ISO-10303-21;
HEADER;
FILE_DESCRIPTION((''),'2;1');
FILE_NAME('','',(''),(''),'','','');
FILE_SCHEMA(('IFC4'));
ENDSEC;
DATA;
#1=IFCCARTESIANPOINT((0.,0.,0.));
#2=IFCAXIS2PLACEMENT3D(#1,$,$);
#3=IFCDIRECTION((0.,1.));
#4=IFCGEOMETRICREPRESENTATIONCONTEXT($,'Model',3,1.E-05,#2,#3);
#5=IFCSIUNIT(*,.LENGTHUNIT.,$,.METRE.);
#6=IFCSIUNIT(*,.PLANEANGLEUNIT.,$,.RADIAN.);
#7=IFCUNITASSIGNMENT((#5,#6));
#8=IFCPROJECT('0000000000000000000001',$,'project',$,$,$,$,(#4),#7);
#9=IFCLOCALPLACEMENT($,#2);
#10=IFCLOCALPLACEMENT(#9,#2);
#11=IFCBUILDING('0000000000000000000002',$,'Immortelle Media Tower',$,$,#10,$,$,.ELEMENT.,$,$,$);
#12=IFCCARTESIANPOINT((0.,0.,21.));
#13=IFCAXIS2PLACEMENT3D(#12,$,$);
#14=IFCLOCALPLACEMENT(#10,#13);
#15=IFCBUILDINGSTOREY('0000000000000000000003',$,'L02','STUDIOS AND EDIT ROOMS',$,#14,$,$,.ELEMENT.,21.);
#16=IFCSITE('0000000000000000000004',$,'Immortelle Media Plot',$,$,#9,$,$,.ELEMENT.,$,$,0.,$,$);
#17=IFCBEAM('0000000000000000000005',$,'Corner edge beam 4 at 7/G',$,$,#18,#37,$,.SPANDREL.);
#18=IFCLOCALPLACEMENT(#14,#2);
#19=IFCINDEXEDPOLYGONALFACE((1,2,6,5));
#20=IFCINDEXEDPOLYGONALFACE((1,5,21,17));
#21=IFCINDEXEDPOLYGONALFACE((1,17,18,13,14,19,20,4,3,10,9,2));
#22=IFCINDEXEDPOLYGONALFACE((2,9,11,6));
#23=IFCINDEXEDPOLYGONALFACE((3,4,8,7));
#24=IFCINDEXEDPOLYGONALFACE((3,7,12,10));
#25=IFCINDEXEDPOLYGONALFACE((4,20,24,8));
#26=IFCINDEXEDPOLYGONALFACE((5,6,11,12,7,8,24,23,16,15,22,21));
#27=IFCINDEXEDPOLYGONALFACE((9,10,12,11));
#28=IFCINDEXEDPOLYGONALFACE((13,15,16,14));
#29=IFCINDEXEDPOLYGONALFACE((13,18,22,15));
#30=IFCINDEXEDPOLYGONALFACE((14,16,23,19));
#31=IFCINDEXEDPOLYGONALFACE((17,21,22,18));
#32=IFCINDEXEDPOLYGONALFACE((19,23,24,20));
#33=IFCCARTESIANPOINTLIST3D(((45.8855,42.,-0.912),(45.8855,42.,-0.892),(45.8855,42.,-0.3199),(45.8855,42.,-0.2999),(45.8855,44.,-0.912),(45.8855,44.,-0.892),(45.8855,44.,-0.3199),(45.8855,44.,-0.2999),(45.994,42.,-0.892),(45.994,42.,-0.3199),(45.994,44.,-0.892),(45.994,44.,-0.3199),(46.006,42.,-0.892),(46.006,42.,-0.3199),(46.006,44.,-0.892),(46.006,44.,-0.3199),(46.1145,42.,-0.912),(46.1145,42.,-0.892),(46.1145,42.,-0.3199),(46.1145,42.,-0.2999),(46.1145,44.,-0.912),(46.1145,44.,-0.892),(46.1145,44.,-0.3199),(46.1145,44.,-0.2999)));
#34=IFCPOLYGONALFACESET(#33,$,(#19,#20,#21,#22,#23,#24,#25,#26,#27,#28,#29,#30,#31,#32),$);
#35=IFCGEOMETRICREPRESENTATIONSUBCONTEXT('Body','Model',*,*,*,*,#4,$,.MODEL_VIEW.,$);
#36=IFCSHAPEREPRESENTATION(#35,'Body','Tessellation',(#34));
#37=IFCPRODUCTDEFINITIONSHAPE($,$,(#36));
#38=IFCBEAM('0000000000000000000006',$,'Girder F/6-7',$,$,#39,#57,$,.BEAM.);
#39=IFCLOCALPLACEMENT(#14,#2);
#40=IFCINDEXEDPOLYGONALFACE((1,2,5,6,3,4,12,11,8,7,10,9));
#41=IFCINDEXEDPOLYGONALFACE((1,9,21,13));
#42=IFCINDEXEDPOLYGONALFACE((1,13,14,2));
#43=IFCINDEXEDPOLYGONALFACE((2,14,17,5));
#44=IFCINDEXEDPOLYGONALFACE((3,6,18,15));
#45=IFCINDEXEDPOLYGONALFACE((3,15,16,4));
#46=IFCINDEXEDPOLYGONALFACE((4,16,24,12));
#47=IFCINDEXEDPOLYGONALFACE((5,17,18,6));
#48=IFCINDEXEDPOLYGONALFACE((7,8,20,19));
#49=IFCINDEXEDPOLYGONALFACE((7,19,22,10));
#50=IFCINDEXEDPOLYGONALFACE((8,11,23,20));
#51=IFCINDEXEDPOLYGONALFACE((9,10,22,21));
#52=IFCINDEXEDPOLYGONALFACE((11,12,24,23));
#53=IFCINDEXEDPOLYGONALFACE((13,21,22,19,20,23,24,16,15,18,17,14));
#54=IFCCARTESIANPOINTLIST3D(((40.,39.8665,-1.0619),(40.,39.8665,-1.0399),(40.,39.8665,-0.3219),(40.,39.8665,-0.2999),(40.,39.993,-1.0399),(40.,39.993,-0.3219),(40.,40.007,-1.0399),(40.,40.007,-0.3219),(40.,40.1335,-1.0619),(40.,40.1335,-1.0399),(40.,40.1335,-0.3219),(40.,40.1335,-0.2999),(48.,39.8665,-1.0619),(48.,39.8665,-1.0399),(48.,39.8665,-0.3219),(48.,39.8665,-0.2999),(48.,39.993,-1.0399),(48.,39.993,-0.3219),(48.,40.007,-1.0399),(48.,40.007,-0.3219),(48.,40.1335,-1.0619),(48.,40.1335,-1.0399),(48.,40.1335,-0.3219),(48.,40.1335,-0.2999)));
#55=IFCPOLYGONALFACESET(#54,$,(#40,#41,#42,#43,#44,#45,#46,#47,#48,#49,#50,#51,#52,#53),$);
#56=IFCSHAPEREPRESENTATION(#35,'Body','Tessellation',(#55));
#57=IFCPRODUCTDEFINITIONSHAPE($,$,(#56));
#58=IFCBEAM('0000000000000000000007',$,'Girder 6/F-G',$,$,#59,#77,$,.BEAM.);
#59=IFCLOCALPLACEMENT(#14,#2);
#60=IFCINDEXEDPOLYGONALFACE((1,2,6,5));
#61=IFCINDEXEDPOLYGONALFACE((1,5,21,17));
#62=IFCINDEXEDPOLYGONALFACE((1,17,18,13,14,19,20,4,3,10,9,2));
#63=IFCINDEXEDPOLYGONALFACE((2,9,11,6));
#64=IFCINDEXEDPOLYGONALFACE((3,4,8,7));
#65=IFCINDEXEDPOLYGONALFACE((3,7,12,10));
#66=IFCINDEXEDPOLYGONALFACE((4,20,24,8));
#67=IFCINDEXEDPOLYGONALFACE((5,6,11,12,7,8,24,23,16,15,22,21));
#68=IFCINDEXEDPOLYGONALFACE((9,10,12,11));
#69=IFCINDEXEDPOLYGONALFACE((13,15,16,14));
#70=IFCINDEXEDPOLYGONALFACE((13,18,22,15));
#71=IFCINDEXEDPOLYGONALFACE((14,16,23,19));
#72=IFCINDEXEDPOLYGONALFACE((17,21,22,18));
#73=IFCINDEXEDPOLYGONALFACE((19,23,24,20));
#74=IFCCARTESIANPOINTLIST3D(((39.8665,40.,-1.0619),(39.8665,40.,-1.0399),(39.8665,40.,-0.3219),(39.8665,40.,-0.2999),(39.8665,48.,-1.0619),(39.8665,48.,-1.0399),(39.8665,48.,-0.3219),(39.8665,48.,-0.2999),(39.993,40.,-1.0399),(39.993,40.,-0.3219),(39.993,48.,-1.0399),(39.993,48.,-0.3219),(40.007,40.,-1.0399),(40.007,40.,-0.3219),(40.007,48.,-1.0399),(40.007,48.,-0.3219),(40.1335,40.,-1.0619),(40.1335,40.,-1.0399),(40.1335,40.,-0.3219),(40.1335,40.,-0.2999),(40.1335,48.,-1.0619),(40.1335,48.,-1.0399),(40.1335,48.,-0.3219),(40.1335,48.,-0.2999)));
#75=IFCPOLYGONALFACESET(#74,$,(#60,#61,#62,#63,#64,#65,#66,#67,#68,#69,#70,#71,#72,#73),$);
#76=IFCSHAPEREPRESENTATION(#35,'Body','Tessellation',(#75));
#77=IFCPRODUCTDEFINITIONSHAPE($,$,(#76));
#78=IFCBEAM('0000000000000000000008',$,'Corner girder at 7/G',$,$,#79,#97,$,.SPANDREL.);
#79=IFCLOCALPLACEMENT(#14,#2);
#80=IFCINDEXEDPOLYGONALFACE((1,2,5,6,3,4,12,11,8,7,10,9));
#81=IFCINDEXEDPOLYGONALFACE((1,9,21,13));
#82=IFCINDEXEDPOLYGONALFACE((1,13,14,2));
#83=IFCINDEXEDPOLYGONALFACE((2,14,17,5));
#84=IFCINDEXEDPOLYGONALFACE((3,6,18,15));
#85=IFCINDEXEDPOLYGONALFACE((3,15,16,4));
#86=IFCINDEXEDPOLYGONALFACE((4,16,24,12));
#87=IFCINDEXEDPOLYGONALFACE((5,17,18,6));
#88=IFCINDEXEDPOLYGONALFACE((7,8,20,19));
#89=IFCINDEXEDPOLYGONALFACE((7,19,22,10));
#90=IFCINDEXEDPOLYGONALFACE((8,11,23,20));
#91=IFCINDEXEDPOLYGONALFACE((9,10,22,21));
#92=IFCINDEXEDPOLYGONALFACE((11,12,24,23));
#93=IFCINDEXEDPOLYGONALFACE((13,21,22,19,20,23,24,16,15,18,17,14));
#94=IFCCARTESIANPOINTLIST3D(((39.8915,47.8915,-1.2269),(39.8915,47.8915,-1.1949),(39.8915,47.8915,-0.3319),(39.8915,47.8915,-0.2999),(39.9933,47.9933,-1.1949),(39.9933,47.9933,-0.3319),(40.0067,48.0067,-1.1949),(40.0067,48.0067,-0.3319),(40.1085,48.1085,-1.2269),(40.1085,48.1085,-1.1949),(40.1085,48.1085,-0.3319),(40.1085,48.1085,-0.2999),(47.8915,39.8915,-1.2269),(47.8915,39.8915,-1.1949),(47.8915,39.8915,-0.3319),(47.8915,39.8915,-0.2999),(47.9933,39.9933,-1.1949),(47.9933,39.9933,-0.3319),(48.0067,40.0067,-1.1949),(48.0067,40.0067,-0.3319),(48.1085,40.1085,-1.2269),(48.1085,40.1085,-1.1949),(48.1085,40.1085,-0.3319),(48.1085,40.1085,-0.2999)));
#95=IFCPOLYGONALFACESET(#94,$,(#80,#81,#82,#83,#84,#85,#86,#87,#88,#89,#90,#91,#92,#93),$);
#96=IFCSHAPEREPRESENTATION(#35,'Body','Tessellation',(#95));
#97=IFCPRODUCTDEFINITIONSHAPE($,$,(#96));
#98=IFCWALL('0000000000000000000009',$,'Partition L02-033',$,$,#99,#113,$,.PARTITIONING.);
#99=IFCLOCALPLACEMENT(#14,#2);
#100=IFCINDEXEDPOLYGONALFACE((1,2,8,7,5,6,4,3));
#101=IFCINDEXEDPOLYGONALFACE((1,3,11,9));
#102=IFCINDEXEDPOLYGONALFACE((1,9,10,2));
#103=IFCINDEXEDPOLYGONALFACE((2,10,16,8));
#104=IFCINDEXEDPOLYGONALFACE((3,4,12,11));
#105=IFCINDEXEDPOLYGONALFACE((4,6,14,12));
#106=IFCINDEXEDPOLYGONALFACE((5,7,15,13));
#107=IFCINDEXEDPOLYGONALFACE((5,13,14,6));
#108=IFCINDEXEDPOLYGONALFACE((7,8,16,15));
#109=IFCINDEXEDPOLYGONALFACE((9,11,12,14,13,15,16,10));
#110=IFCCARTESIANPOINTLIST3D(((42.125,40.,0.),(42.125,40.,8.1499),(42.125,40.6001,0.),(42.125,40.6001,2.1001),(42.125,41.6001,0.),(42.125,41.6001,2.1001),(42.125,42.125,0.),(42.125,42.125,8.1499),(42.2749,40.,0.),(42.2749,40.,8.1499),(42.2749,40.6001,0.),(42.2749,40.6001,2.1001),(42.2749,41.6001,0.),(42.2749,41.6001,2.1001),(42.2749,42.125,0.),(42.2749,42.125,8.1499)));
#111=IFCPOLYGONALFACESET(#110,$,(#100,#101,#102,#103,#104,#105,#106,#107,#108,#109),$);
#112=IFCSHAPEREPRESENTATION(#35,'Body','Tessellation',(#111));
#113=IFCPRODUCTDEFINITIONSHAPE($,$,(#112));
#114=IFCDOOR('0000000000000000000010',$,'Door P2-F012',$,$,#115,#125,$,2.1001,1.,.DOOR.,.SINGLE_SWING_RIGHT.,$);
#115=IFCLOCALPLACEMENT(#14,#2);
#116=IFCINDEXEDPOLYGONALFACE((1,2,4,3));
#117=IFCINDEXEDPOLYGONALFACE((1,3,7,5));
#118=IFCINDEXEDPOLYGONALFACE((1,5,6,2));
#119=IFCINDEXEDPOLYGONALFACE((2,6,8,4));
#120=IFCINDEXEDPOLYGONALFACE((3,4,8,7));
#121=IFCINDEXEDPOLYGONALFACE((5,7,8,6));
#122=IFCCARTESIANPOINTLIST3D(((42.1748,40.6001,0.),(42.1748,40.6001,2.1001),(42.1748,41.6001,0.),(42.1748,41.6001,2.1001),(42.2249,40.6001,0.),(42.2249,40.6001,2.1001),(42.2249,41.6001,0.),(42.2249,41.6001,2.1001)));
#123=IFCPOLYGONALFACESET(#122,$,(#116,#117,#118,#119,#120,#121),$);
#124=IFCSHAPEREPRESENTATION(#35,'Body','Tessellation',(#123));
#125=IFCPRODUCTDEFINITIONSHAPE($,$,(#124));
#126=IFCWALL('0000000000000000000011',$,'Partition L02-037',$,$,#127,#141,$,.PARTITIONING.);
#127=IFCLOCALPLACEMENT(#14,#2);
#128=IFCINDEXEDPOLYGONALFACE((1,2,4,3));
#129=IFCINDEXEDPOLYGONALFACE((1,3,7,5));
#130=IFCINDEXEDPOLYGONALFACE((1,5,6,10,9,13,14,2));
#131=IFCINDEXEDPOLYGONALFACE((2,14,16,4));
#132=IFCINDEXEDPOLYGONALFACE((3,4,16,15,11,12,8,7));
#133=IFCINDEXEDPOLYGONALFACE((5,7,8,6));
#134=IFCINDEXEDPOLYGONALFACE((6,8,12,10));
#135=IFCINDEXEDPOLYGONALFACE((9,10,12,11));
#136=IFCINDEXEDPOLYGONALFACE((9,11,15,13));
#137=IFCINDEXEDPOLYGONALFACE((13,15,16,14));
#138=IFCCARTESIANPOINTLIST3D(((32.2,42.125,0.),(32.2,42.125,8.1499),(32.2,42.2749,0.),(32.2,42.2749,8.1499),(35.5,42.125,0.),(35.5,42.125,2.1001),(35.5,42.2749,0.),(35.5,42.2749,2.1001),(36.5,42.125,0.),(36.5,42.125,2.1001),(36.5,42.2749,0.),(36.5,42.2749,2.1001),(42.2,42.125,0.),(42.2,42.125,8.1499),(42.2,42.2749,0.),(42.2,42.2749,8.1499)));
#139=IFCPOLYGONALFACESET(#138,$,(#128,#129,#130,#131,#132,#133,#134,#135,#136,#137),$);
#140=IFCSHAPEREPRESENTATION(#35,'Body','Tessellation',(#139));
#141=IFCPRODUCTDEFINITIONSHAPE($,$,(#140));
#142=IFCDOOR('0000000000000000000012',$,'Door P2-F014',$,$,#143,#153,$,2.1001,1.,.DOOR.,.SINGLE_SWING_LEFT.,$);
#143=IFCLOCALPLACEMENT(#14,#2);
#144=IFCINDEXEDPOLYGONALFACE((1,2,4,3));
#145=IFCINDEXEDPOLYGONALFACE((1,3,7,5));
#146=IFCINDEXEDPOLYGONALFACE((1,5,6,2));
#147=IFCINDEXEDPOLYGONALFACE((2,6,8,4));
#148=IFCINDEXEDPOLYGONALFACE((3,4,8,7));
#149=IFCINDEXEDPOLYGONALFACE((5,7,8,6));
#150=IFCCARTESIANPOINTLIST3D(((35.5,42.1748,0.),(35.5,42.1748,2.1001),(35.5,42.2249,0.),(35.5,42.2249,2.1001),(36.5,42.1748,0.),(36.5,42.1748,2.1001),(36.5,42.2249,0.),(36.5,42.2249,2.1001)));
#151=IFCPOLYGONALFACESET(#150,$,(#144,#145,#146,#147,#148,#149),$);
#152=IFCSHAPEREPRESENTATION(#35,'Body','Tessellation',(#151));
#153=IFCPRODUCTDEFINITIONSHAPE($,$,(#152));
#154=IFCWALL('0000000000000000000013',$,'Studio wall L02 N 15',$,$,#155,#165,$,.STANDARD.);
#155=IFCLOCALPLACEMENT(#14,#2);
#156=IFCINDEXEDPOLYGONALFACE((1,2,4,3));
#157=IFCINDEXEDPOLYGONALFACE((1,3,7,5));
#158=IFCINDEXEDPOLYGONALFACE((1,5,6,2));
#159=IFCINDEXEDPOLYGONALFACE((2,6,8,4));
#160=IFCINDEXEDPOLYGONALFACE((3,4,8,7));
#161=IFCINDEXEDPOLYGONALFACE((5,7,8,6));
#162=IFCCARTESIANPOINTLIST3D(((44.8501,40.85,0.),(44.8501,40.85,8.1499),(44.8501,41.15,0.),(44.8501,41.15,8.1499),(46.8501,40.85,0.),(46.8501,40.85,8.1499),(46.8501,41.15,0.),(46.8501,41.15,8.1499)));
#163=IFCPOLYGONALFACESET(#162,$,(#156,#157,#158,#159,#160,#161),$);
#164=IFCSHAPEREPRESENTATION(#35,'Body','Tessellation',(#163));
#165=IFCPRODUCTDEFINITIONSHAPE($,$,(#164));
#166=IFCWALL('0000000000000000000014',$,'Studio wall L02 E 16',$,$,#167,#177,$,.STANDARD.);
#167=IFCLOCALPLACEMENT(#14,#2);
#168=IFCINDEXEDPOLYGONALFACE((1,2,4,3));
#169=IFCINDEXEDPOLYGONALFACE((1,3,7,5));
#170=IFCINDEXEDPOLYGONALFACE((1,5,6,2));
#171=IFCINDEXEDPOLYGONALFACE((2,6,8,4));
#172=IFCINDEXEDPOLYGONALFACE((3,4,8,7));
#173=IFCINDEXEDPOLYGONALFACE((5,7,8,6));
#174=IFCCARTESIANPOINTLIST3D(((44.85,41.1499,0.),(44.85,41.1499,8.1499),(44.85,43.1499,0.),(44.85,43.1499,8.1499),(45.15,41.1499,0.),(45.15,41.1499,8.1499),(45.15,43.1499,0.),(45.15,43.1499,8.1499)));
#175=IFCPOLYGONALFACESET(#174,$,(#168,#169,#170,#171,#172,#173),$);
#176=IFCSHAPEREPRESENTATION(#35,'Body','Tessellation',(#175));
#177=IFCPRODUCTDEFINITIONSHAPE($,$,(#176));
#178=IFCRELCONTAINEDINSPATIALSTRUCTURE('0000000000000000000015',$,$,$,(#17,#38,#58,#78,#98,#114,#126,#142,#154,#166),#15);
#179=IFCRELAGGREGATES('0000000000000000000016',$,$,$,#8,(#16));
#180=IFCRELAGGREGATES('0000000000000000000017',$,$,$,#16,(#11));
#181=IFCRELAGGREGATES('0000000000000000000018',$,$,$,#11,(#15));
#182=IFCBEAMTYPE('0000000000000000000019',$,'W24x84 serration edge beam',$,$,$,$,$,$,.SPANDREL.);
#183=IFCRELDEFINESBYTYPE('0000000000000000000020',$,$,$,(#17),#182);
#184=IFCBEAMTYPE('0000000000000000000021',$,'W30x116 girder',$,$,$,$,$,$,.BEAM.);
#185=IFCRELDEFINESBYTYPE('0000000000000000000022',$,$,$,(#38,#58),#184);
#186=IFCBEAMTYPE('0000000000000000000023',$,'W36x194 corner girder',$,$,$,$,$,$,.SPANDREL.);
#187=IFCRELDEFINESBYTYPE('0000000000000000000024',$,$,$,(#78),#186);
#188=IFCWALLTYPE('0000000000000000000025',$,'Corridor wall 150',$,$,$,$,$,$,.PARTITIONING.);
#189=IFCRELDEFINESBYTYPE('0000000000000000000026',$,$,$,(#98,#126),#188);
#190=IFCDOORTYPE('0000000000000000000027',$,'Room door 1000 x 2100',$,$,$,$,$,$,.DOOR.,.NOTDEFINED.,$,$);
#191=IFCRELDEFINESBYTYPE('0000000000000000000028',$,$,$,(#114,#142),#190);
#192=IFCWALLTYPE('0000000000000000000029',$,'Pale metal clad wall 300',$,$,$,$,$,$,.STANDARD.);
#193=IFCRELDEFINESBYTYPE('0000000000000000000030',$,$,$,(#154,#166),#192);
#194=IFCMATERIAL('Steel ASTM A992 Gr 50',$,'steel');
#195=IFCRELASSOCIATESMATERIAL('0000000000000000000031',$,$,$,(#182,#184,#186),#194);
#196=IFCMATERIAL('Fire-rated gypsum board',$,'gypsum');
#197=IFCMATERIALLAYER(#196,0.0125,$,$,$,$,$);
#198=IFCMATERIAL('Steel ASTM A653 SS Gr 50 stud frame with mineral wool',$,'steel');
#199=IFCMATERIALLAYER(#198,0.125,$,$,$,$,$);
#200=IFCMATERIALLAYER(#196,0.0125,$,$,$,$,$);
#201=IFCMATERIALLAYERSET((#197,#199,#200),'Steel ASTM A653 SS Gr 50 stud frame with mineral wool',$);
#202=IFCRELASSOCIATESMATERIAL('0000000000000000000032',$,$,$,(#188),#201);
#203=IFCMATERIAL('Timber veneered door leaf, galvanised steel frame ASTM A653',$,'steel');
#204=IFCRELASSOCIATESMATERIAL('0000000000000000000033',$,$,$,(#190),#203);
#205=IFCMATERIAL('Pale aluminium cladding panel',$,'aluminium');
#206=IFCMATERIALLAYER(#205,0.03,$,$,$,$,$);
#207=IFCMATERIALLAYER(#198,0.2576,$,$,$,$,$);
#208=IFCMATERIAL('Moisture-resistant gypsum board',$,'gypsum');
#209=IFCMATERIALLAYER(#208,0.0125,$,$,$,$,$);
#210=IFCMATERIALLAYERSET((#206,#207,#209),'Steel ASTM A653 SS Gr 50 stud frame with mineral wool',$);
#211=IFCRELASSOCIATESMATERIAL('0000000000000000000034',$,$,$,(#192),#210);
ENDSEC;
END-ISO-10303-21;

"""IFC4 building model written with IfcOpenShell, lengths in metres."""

from ifc_helpers import new_model, si_unit, direction, frame, frame_2d, origin, origin_2d, place, context, subcontext, project, spatial, rectangle, i_section, extrude, material, layer, layer_set, material_profile, profile_set, type_object, element, fill, save


model = new_model("IFC4")

# Units and contexts
model_context = context("Model", 3, precision=1e-05, world=origin(), true_north=direction((0.0, 1.0)))
body_context = subcontext(model_context, "Body", "Model", "MODEL_VIEW")
ifc_project = project(units=[si_unit("LENGTHUNIT", "METRE"), si_unit("PLANEANGLEUNIT", "RADIAN")], contexts=[model_context])

# Site, building, storey
site_placement = place(None, origin())
site = spatial("IfcSite", under=ifc_project, at=site_placement, Name="Immortelle Media Plot", CompositionType="ELEMENT", RefElevation=0.0)
building_placement = place(site_placement, origin())
building = spatial("IfcBuilding", under=site, at=building_placement, Name="Immortelle Media Tower", CompositionType="ELEMENT")
storey_placement = place(building_placement, frame((0.0, 0.0, 21.0)))
storey = spatial("IfcBuildingStorey", under=building, at=storey_placement, Name="L02", Description="STUDIOS AND EDIT ROOMS", CompositionType="ELEMENT", Elevation=21.0)

# Shared definitions
ifc_material_1 = material(Name="Steel ASTM A992 Gr 50", Category="steel")

# Beams
ifc_material_profile_1 = material_profile(ifc_material_1, i_section(OverallWidth=0.229, OverallDepth=0.6121, WebThickness=0.012, FlangeThickness=0.02, at=origin_2d()), Name="W24x84")
ifc_profile_set_1 = profile_set([ifc_material_profile_1], Name="Steel ASTM A992 Gr 50")
beam_type_1 = type_object("IfcBeamType", Name="W24x84 serration edge beam", PredefinedType="SPANDREL", material=ifc_profile_set_1)
for number, where, z_axis, x_axis, name in (
    (1, (46.0, 44.0, -0.606), (0.0, -1.0, 0.0), (1.0, 0.0, 0.0), "Corner edge beam 4 at 7/G"),
):
    element("IfcBeam", number, at=place(storey_placement, frame(where, z_axis=z_axis, x_axis=x_axis)), inside=storey, type_object=beam_type_1, Name=name, PredefinedType="SPANDREL", context=body_context, shape_type="SweptSolid", body=[
        extrude(i_section(OverallWidth=0.229, OverallDepth=0.6121, WebThickness=0.012, FlangeThickness=0.02, at=origin_2d()), origin(), (0.0, 0.0, 1.0), 2.0),
    ])
ifc_material_profile_2 = material_profile(ifc_material_1, i_section(OverallWidth=0.2671, OverallDepth=0.762, WebThickness=0.0139, FlangeThickness=0.022, at=origin_2d()), Name="W30x116")
ifc_profile_set_2 = profile_set([ifc_material_profile_2], Name="Steel ASTM A992 Gr 50")
beam_type_2 = type_object("IfcBeamType", Name="W30x116 girder", PredefinedType="BEAM", material=ifc_profile_set_2)
for number, where, z_axis, x_axis, name in (
    (2, (40.0, 40.0, -0.6809), (1.0, 0.0, 0.0), (0.0, 1.0, 0.0), "Girder F/6-7"),
    (3, (40.0, 40.0, -0.6809), (0.0, 1.0, 0.0), (-1.0, 0.0, 0.0), "Girder 6/F-G"),
):
    element("IfcBeam", number, at=place(storey_placement, frame(where, z_axis=z_axis, x_axis=x_axis)), inside=storey, type_object=beam_type_2, Name=name, PredefinedType="BEAM", context=body_context, shape_type="SweptSolid", body=[
        extrude(i_section(OverallWidth=0.2671, OverallDepth=0.762, WebThickness=0.0139, FlangeThickness=0.022, at=origin_2d()), origin(), (0.0, 0.0, 1.0), 8.0),
    ])
ifc_material_profile_3 = material_profile(ifc_material_1, i_section(OverallWidth=0.3069, OverallDepth=0.927, WebThickness=0.019, FlangeThickness=0.032, at=origin_2d()), Name="W36x194")
ifc_profile_set_3 = profile_set([ifc_material_profile_3], Name="Steel ASTM A992 Gr 50")
beam_type_3 = type_object("IfcBeamType", Name="W36x194 corner girder", PredefinedType="SPANDREL", material=ifc_profile_set_3)
beam_1_placement = place(storey_placement, frame((40.0, 48.0, -0.7634), z_axis=(0.707107, -0.707107, 0.0), x_axis=(0.707107, 0.707107, 0.0)))
element("IfcBeam", 4, at=beam_1_placement, inside=storey, type_object=beam_type_3, Name="Corner girder at 7/G", PredefinedType="SPANDREL", context=body_context, shape_type="SweptSolid", body=[
    extrude(i_section(OverallWidth=0.3069, OverallDepth=0.927, WebThickness=0.019, FlangeThickness=0.032, at=origin_2d()), origin(), (0.0, 0.0, 1.0), 11.3137),
])

# Walls, openings, doors
ifc_material_2 = material(Name="Fire-rated gypsum board", Category="gypsum")
ifc_layer_1 = layer(ifc_material_2, 0.0125)
ifc_material_3 = material(Name="Steel ASTM A653 SS Gr 50 stud frame with mineral wool", Category="steel")
ifc_layer_2 = layer(ifc_material_3, 0.125)
ifc_layer_3 = layer(ifc_material_2, 0.0125)
ifc_layer_set_1 = layer_set([ifc_layer_1, ifc_layer_2, ifc_layer_3], Name="Steel ASTM A653 SS Gr 50 stud frame with mineral wool")
wall_type_1 = type_object("IfcWallType", Name="Corridor wall 150", PredefinedType="PARTITIONING", material=ifc_layer_set_1)
wall_1_placement = place(storey_placement, frame((42.2, 40.0, 0.0), z_axis=(0.0, 0.0, 1.0), x_axis=(0.0, 1.0, 0.0)))
wall_1 = element("IfcWall", 5, at=wall_1_placement, inside=storey, type_object=wall_type_1, Name="Partition L02-033", PredefinedType="PARTITIONING", context=body_context, shape_type="SweptSolid", body=[
    extrude(rectangle(XDim=2.125, YDim=0.1499, at=frame_2d((1.0625, 0.0))), origin(), (0.0, 0.0, 1.0), 8.1499),
])
opening_1_placement = place(wall_1_placement, frame((1.6001, 0.0, 0.0), z_axis=(0.0, 0.0, 1.0), x_axis=(-1.0, 0.0, 0.0)))
opening_1 = element("IfcOpeningElement", 6, at=opening_1_placement, cuts=wall_1, PredefinedType="OPENING", context=body_context, shape_type="SweptSolid", body=[
    extrude(rectangle(XDim=1.0, YDim=2.1001, at=frame_2d((0.5, 1.05))), frame((0.0, 0.085, 0.0), z_axis=(0.0, -1.0, 0.0), x_axis=(1.0, 0.0, 0.0)), (0.0, 0.0, 1.0), 0.1699),
])
ifc_material_4 = material(Name="Timber veneered door leaf, galvanised steel frame ASTM A653", Category="steel")
door_type = type_object("IfcDoorType", Name="Room door 1000 x 2100", OperationType="NOTDEFINED", PredefinedType="DOOR", material=ifc_material_4)
door_1_placement = place(opening_1_placement, origin())
door_1 = element("IfcDoor", 7, at=door_1_placement, inside=storey, type_object=door_type, Name="Door P2-F012", OperationType="SINGLE_SWING_RIGHT", OverallHeight=2.1001, OverallWidth=1.0, PredefinedType="DOOR", context=body_context, shape_type="SweptSolid", body=[
    extrude(rectangle(XDim=1.0, YDim=2.1001, at=frame_2d((0.5, 1.05))), frame((0.0, 0.0249, 0.0), z_axis=(0.0, -1.0, 0.0), x_axis=(1.0, 0.0, 0.0)), (0.0, 0.0, 1.0), 0.05),
])
fill(opening_1, door_1)
wall_2_placement = place(storey_placement, frame((32.2, 42.2, 0.0), z_axis=(0.0, 0.0, 1.0), x_axis=(1.0, 0.0, 0.0)))
wall_2 = element("IfcWall", 8, at=wall_2_placement, inside=storey, type_object=wall_type_1, Name="Partition L02-037", PredefinedType="PARTITIONING", context=body_context, shape_type="SweptSolid", body=[
    extrude(rectangle(XDim=10.0, YDim=0.1499, at=frame_2d((5.0, 0.0))), origin(), (0.0, 0.0, 1.0), 8.1499),
])
opening_2_placement = place(wall_2_placement, frame((3.3, 0.0, 0.0)))
opening_2 = element("IfcOpeningElement", 9, at=opening_2_placement, cuts=wall_2, PredefinedType="OPENING", context=body_context, shape_type="SweptSolid", body=[
    extrude(rectangle(XDim=1.0, YDim=2.1001, at=frame_2d((0.5, 1.05))), frame((0.0, 0.085, 0.0), z_axis=(0.0, -1.0, 0.0), x_axis=(1.0, 0.0, 0.0)), (0.0, 0.0, 1.0), 0.1699),
])
door_2_placement = place(opening_2_placement, origin())
door_2 = element("IfcDoor", 10, at=door_2_placement, inside=storey, type_object=door_type, Name="Door P2-F014", OperationType="SINGLE_SWING_LEFT", OverallHeight=2.1001, OverallWidth=1.0, PredefinedType="DOOR", context=body_context, shape_type="SweptSolid", body=[
    extrude(rectangle(XDim=1.0, YDim=2.1001, at=frame_2d((0.5, 1.05))), frame((0.0, 0.0249, 0.0), z_axis=(0.0, -1.0, 0.0), x_axis=(1.0, 0.0, 0.0)), (0.0, 0.0, 1.0), 0.05),
])
fill(opening_2, door_2)

# Walls
ifc_material_5 = material(Name="Pale aluminium cladding panel", Category="aluminium")
ifc_layer_4 = layer(ifc_material_5, 0.03)
ifc_layer_5 = layer(ifc_material_3, 0.2576)
ifc_material_6 = material(Name="Moisture-resistant gypsum board", Category="gypsum")
ifc_layer_6 = layer(ifc_material_6, 0.0125)
ifc_layer_set_2 = layer_set([ifc_layer_4, ifc_layer_5, ifc_layer_6], Name="Steel ASTM A653 SS Gr 50 stud frame with mineral wool")
wall_type_2 = type_object("IfcWallType", Name="Pale metal clad wall 300", PredefinedType="STANDARD", material=ifc_layer_set_2)
for number, where, z_axis, x_axis, name in (
    (11, (46.8501, 41.0, 0.0), (0.0, 0.0, 1.0), (-1.0, 0.0, 0.0), "Studio wall L02 N 15"),
    (12, (45.0, 41.1499, 0.0), (0.0, 0.0, 1.0), (0.0, 1.0, 0.0), "Studio wall L02 E 16"),
):
    element("IfcWall", number, at=place(storey_placement, frame(where, z_axis=z_axis, x_axis=x_axis)), inside=storey, type_object=wall_type_2, Name=name, PredefinedType="STANDARD", context=body_context, shape_type="SweptSolid", body=[
        extrude(rectangle(XDim=2.0, YDim=0.3, at=frame_2d((1.0, 0.0))), origin(), (0.0, 0.0, 1.0), 8.1499),
    ])

save(model, "model.ifc")
